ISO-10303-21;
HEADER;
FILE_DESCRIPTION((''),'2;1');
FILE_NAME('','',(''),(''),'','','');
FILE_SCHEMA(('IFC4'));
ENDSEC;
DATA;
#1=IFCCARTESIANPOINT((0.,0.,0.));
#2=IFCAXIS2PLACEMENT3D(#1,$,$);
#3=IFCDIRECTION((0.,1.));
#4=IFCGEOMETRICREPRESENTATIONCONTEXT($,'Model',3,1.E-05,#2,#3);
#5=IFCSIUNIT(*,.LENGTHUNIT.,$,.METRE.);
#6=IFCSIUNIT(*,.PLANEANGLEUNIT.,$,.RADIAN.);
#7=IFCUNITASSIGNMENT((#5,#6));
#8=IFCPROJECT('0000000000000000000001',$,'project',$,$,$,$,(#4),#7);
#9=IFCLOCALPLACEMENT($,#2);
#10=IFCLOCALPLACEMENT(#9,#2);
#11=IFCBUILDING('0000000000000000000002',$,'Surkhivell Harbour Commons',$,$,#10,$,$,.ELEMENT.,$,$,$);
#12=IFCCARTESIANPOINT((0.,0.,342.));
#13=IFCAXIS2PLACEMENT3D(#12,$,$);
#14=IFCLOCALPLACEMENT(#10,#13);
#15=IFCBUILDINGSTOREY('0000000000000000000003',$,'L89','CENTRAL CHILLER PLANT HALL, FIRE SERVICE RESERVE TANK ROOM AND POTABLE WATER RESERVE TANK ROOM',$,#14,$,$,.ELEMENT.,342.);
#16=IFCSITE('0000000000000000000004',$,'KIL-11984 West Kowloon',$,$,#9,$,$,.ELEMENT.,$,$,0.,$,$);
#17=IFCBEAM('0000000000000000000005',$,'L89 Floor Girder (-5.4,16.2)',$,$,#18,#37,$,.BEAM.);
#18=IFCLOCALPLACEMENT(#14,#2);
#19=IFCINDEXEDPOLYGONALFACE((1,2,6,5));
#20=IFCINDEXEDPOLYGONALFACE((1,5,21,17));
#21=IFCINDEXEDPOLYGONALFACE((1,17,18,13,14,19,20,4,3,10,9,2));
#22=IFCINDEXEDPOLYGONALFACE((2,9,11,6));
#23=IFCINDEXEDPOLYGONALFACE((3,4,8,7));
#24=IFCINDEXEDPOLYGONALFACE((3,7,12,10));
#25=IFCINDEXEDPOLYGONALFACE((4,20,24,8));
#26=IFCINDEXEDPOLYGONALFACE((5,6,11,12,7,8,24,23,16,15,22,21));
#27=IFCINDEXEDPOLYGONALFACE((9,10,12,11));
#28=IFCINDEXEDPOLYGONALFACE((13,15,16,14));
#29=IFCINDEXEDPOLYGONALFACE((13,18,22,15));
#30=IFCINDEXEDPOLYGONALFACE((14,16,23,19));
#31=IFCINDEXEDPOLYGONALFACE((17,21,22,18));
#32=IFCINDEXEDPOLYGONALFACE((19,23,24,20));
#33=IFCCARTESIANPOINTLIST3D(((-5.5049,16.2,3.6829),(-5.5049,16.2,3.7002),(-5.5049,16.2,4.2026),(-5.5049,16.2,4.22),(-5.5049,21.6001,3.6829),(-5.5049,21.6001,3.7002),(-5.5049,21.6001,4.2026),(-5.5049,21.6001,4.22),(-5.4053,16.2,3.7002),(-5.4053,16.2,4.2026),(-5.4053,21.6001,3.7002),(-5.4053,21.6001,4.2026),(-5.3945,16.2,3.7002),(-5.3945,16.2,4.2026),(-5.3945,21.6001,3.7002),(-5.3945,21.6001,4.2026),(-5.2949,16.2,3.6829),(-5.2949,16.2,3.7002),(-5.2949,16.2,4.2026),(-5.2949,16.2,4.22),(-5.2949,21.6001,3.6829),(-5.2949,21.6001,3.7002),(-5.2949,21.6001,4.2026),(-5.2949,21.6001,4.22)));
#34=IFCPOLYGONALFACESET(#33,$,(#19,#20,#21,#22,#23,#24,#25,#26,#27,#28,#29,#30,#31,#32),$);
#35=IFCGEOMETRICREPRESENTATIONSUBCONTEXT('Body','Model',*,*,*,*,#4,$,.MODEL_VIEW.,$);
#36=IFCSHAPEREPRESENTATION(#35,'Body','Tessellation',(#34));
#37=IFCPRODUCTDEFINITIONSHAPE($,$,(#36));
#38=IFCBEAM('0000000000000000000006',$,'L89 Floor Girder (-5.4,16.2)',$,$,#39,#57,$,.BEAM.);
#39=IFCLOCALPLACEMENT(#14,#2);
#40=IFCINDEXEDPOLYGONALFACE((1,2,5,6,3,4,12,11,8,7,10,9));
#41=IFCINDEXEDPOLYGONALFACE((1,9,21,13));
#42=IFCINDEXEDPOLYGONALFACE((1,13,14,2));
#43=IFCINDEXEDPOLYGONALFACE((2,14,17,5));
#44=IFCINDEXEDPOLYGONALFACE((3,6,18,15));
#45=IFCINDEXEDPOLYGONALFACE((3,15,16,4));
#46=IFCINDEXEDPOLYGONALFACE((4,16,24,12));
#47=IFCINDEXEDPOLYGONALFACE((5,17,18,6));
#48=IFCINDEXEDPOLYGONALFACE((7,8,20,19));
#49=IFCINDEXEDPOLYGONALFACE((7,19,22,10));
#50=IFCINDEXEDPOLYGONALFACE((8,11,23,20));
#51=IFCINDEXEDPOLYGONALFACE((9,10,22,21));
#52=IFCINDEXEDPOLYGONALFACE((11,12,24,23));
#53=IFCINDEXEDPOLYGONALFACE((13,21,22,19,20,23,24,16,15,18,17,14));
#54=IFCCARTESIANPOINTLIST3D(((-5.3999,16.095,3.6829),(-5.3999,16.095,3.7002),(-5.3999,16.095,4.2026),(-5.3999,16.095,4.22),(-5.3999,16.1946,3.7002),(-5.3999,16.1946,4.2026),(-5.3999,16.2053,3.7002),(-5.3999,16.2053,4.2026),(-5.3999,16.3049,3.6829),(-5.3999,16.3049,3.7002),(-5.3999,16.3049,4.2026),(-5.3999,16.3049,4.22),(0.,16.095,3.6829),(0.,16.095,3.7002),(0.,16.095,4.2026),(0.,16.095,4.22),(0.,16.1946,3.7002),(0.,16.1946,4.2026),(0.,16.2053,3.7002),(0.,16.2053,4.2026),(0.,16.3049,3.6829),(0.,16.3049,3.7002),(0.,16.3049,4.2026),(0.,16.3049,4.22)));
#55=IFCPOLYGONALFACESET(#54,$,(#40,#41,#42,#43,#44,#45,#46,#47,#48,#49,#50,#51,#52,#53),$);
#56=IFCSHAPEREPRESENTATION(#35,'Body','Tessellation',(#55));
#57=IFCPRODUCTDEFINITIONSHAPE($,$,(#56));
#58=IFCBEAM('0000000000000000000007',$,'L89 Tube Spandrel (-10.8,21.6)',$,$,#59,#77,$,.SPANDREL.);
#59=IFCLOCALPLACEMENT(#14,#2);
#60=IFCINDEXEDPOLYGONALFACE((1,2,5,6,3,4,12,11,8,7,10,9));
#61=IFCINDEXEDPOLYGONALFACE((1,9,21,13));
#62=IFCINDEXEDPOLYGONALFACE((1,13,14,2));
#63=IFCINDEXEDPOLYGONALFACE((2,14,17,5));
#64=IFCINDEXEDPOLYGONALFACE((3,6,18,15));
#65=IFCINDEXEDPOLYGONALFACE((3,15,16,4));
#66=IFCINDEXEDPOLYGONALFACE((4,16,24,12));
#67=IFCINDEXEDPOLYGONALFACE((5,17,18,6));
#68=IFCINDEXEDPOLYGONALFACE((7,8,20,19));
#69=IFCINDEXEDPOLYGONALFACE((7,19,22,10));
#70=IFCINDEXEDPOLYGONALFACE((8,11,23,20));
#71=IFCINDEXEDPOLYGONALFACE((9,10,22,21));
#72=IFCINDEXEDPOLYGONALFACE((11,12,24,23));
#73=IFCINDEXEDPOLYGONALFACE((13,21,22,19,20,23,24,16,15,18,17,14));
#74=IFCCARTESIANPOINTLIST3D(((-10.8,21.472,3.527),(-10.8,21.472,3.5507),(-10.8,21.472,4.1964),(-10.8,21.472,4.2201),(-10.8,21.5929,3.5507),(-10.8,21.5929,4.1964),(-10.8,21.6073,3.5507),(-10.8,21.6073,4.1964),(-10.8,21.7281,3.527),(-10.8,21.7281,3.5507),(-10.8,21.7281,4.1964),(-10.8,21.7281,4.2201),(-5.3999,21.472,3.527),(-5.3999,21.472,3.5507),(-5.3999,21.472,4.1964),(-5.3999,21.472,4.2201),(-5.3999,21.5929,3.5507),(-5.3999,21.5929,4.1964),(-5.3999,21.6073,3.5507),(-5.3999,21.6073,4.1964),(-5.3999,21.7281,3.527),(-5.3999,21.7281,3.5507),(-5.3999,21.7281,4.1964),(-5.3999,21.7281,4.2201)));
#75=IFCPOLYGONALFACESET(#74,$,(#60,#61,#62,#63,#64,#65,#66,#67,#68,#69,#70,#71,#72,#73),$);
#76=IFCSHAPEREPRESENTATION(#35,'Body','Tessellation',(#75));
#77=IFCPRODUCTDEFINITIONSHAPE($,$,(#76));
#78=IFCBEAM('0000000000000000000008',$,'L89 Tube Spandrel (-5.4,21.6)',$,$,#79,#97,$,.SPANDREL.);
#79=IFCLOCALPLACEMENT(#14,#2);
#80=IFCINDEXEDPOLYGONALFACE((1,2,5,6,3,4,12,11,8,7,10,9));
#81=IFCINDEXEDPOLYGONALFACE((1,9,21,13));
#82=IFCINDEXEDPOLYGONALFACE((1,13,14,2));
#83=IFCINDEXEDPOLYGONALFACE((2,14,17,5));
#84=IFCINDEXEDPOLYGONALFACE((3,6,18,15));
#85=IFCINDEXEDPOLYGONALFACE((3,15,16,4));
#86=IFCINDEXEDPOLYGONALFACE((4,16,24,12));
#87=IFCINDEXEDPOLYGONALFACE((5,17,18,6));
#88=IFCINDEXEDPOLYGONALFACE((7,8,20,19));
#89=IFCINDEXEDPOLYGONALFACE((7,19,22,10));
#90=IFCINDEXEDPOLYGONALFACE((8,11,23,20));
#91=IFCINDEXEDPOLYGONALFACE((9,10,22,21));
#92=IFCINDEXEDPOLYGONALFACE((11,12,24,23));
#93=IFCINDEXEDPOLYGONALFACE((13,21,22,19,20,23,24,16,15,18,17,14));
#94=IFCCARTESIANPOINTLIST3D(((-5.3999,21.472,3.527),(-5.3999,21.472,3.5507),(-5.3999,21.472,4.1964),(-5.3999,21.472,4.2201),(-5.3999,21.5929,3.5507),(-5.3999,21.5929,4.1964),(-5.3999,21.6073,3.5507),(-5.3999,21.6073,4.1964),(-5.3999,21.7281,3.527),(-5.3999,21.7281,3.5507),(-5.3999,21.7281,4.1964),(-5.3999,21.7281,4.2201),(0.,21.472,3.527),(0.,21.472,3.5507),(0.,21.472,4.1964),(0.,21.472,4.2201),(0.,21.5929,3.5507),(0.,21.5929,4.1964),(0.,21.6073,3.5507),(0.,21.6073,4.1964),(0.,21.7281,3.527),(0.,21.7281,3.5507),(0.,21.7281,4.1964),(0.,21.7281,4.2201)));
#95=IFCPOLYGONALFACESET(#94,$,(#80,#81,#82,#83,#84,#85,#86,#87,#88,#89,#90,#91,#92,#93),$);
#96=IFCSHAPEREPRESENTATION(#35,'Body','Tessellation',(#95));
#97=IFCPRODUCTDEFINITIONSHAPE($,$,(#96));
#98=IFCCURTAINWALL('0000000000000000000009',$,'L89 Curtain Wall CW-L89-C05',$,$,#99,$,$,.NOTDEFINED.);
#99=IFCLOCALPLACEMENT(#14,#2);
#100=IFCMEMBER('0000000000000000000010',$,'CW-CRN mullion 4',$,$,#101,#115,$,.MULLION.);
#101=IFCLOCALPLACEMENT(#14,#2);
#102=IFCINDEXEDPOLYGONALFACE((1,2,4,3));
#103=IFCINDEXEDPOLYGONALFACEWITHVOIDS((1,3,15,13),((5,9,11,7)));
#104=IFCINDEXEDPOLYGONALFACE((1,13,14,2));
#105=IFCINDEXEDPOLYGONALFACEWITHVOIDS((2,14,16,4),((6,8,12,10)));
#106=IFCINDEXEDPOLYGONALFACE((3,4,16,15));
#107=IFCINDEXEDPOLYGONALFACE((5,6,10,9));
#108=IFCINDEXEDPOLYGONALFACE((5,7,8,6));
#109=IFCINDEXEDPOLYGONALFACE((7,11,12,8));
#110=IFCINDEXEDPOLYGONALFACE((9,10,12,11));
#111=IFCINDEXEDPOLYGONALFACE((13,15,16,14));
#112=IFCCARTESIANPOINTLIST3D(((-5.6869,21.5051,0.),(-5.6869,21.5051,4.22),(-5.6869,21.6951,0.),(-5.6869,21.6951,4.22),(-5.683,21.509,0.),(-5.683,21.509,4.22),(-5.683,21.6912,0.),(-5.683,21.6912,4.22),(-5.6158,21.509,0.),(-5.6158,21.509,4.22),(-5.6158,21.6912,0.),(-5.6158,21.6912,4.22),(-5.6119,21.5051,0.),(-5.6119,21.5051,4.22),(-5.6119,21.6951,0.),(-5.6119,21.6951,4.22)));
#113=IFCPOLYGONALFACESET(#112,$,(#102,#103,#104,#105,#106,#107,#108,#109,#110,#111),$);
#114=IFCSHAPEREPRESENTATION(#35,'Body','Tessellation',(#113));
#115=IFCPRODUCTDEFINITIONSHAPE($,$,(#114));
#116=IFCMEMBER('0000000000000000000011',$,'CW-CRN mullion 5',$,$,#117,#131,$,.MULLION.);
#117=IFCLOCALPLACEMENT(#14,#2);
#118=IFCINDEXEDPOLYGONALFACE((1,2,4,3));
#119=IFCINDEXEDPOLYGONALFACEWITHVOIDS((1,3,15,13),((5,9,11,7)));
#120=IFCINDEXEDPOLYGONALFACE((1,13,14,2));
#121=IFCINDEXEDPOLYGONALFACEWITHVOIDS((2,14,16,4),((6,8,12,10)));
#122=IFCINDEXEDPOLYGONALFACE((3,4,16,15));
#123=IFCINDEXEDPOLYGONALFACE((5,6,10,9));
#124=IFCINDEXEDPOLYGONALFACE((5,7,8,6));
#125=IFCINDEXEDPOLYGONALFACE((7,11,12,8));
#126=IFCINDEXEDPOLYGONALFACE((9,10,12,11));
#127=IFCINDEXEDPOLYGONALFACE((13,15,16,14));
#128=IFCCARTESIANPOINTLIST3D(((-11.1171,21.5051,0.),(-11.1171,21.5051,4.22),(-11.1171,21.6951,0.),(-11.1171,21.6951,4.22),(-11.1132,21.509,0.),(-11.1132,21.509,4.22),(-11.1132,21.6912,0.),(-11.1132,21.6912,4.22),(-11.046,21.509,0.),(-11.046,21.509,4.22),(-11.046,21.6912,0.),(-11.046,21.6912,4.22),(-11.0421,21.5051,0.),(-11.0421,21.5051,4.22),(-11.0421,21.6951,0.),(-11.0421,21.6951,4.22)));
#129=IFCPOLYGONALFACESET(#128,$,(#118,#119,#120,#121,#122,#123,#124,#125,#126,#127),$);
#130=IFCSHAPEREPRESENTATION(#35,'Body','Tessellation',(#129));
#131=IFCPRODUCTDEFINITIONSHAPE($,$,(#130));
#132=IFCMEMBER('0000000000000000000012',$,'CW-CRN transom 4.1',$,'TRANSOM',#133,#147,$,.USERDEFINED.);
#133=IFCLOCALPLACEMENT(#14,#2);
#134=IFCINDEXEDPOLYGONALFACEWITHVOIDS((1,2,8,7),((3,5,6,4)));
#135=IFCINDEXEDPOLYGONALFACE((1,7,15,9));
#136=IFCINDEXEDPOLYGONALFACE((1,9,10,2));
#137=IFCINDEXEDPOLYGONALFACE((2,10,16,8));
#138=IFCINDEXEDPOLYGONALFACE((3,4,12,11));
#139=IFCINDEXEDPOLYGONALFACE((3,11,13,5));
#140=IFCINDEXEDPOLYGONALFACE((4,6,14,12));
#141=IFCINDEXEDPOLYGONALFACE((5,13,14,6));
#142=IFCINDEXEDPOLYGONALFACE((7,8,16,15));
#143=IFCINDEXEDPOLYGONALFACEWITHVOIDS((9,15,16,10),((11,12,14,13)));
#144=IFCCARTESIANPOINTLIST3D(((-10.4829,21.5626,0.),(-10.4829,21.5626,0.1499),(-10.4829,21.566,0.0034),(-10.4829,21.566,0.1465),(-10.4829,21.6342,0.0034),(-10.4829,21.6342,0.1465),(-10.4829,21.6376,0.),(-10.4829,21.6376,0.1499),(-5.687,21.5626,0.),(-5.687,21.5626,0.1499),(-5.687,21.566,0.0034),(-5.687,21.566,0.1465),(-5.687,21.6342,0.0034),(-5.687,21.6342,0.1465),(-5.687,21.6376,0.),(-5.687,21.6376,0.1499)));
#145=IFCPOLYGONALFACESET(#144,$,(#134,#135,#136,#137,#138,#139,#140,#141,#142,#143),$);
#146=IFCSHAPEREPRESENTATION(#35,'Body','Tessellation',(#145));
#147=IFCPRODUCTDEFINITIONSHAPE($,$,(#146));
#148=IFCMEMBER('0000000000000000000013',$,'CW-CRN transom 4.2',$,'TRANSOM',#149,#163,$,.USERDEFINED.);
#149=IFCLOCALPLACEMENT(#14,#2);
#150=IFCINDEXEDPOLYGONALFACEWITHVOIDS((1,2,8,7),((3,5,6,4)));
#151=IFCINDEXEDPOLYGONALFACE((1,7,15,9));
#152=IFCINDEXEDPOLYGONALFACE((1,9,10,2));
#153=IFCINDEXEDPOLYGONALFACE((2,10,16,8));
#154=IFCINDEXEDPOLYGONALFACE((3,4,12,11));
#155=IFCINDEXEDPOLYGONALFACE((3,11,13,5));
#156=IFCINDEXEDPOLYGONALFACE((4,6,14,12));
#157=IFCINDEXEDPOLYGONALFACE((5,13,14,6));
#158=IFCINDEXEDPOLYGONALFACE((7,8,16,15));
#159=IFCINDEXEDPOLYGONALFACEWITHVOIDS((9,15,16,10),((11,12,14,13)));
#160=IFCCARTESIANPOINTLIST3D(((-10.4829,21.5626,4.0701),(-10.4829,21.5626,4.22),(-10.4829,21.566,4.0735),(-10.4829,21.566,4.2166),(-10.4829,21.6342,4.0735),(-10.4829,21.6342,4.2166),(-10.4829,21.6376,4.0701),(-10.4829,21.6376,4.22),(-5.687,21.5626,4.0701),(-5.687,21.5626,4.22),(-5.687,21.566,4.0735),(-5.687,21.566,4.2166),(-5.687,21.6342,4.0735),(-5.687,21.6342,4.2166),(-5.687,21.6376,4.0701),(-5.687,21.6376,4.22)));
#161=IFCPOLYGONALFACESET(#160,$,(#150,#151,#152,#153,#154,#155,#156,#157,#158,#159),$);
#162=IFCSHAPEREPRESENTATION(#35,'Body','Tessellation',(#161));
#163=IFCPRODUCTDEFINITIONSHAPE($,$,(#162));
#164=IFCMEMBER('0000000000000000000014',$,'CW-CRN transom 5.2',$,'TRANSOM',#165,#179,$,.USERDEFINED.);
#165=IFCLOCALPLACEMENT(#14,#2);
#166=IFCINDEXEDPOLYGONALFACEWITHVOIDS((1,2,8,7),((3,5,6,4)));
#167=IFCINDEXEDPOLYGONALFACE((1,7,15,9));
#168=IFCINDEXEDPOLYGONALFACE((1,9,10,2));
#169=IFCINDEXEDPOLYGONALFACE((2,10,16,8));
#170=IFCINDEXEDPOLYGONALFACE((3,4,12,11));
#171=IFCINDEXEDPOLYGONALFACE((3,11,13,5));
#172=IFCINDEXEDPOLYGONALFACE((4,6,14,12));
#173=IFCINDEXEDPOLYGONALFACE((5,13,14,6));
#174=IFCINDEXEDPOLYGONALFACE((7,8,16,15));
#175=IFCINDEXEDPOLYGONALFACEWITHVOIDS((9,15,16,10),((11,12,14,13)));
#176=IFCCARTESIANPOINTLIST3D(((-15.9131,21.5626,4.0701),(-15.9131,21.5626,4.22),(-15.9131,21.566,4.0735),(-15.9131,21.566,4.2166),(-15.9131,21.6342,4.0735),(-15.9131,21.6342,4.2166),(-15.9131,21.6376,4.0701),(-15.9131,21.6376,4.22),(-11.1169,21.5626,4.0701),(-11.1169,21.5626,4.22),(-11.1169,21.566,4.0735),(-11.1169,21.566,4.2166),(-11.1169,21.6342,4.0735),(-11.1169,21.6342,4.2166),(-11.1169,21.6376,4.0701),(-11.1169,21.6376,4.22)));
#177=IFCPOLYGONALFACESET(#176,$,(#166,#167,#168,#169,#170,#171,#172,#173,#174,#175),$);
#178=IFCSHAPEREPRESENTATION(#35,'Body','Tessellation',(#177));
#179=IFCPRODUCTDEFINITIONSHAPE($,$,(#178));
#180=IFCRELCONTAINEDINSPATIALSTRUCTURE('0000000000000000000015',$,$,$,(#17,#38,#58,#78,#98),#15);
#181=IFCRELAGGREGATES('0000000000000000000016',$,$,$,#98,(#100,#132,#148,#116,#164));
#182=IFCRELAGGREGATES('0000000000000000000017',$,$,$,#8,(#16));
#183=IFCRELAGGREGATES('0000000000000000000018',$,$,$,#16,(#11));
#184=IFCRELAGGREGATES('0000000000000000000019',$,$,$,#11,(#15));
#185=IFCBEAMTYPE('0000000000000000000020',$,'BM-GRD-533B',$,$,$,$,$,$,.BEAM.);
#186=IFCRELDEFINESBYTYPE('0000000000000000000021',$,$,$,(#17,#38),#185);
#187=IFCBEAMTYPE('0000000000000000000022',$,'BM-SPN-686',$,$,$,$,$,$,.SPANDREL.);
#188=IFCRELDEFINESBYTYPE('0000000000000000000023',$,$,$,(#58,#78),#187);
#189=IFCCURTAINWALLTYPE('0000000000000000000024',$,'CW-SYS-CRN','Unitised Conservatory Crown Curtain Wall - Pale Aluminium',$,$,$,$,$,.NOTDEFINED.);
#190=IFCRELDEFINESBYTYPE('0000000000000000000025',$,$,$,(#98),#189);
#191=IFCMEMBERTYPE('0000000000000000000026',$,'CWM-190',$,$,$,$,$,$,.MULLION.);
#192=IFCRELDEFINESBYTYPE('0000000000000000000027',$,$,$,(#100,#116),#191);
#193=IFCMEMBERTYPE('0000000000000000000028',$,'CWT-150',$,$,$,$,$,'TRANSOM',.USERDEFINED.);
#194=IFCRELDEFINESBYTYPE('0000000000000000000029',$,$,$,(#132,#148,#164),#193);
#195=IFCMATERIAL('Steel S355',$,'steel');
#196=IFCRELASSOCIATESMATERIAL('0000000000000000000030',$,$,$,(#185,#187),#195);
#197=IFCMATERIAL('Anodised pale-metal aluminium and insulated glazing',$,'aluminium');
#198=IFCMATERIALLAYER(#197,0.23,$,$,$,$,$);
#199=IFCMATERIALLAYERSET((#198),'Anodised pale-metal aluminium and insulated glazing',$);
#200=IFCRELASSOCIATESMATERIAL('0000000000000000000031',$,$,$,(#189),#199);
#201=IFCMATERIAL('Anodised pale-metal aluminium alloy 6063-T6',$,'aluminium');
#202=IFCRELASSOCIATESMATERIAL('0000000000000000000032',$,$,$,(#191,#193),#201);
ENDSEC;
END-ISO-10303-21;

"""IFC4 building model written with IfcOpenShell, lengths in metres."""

from ifc_helpers import new_model, si_unit, direction, frame, origin, origin_2d, place, context, subcontext, project, spatial, hollow_rectangle, i_section, extrude, material, layer, layer_set, material_profile, profile_set, type_object, element, aggregate, save


model = new_model("IFC4")

# Units and contexts
model_context = context("Model", 3, precision=1e-05, world=origin(), true_north=direction((0.0, 1.0)))
body_context = subcontext(model_context, "Body", "Model", "MODEL_VIEW")
ifc_project = project(units=[si_unit("LENGTHUNIT", "METRE"), si_unit("PLANEANGLEUNIT", "RADIAN")], contexts=[model_context])

# Site, building, storey
site_placement = place(None, origin())
site = spatial("IfcSite", under=ifc_project, at=site_placement, Name="KIL-11984 West Kowloon", CompositionType="ELEMENT", RefElevation=0.0)
building_placement = place(site_placement, origin())
building = spatial("IfcBuilding", under=site, at=building_placement, Name="Surkhivell Harbour Commons", CompositionType="ELEMENT")
storey_placement = place(building_placement, frame((0.0, 0.0, 342.0)))
storey = spatial("IfcBuildingStorey", under=building, at=storey_placement, Name="L89", Description="CENTRAL CHILLER PLANT HALL, FIRE SERVICE RESERVE TANK ROOM AND POTABLE WATER RESERVE TANK ROOM", CompositionType="ELEMENT", Elevation=342.0)

# Beams
ifc_material_1 = material(Name="Steel S355", Category="steel")
ifc_material_profile_1 = material_profile(ifc_material_1, i_section(OverallWidth=0.21, OverallDepth=0.5371, WebThickness=0.0107, FlangeThickness=0.0173, at=origin_2d()), Name="UB533x210x101")
ifc_profile_set_1 = profile_set([ifc_material_profile_1], Name="Steel S355")
beam_type_1 = type_object("IfcBeamType", Name="BM-GRD-533B", PredefinedType="BEAM", material=ifc_profile_set_1)
beam_1_placement = place(storey_placement, frame((-5.3999, 16.2, 3.9514), z_axis=(0.0, 1.0, 0.0), x_axis=(-1.0, 0.0, 0.0)))
element("IfcBeam", 1, at=beam_1_placement, inside=storey, type_object=beam_type_1, Name="L89 Floor Girder (-5.4,16.2)", PredefinedType="BEAM", context=body_context, shape_type="SweptSolid", body=[
    extrude(i_section(OverallWidth=0.21, OverallDepth=0.5371, WebThickness=0.0107, FlangeThickness=0.0173, at=origin_2d()), origin(), (0.0, 0.0, 1.0), 5.4001),
])
beam_2_placement = place(storey_placement, frame((-5.3999, 16.2, 3.9514), z_axis=(1.0, 0.0, 0.0), x_axis=(0.0, 1.0, 0.0)))
element("IfcBeam", 2, at=beam_2_placement, inside=storey, type_object=beam_type_1, Name="L89 Floor Girder (-5.4,16.2)", PredefinedType="BEAM", context=body_context, shape_type="SweptSolid", body=[
    extrude(i_section(OverallWidth=0.21, OverallDepth=0.5371, WebThickness=0.0107, FlangeThickness=0.0173, at=origin_2d()), origin(), (0.0, 0.0, 1.0), 5.3999),
])
ifc_material_profile_2 = material_profile(ifc_material_1, i_section(OverallWidth=0.2561, OverallDepth=0.6931, WebThickness=0.0144, FlangeThickness=0.0237, at=origin_2d()), Name="UB686x254x170")
ifc_profile_set_2 = profile_set([ifc_material_profile_2], Name="Steel S355")
beam_type_2 = type_object("IfcBeamType", Name="BM-SPN-686", PredefinedType="SPANDREL", material=ifc_profile_set_2)
beam_3_placement = place(storey_placement, frame((-10.8, 21.6001, 3.8735), z_axis=(1.0, 0.0, 0.0), x_axis=(0.0, 1.0, 0.0)))
element("IfcBeam", 3, at=beam_3_placement, inside=storey, type_object=beam_type_2, Name="L89 Tube Spandrel (-10.8,21.6)", PredefinedType="SPANDREL", context=body_context, shape_type="SweptSolid", body=[
    extrude(i_section(OverallWidth=0.2561, OverallDepth=0.6931, WebThickness=0.0144, FlangeThickness=0.0237, at=origin_2d()), origin(), (0.0, 0.0, 1.0), 5.4001),
])
beam_4_placement = place(storey_placement, frame((-5.3999, 21.6001, 3.8735), z_axis=(1.0, 0.0, 0.0), x_axis=(0.0, 1.0, 0.0)))
element("IfcBeam", 4, at=beam_4_placement, inside=storey, type_object=beam_type_2, Name="L89 Tube Spandrel (-5.4,21.6)", PredefinedType="SPANDREL", context=body_context, shape_type="SweptSolid", body=[
    extrude(i_section(OverallWidth=0.2561, OverallDepth=0.6931, WebThickness=0.0144, FlangeThickness=0.0237, at=origin_2d()), origin(), (0.0, 0.0, 1.0), 5.3999),
])

# Curtain wall, members
ifc_material_2 = material(Name="Anodised pale-metal aluminium and insulated glazing", Category="aluminium")
ifc_layer_1 = layer(ifc_material_2, 0.23)
ifc_layer_set_1 = layer_set([ifc_layer_1], Name="Anodised pale-metal aluminium and insulated glazing")
curtain_wall_type = type_object("IfcCurtainWallType", Name="CW-SYS-CRN", Description="Unitised Conservatory Crown Curtain Wall - Pale Aluminium", PredefinedType="NOTDEFINED", material=ifc_layer_set_1)
curtain_wall_placement = place(storey_placement, origin())
curtain_wall = element("IfcCurtainWall", 5, at=curtain_wall_placement, inside=storey, type_object=curtain_wall_type, Name="L89 Curtain Wall CW-L89-C05", PredefinedType="NOTDEFINED")
ifc_material_3 = material(Name="Anodised pale-metal aluminium alloy 6063-T6", Category="aluminium")
ifc_material_profile_3 = material_profile(ifc_material_3, hollow_rectangle(XDim=0.075, YDim=0.1899, WallThickness=0.0039, at=origin_2d()), Name="ALU-MULL-75x190")
ifc_profile_set_3 = profile_set([ifc_material_profile_3], Name="Anodised pale-metal aluminium alloy 6063-T6")
member_type_1 = type_object("IfcMemberType", Name="CWM-190", PredefinedType="MULLION", material=ifc_profile_set_3)
member_1_placement = place(storey_placement, frame((-5.6494, 21.6001, 0.0), z_axis=(0.0, 0.0, 1.0), x_axis=(-1.0, 0.0, 0.0)))
member_1 = element("IfcMember", 6, at=member_1_placement, type_object=member_type_1, Name="CW-CRN mullion 4", PredefinedType="MULLION", context=body_context, shape_type="SweptSolid", body=[
    extrude(hollow_rectangle(XDim=0.075, YDim=0.1899, WallThickness=0.0039, at=origin_2d()), origin(), (0.0, 0.0, 1.0), 4.22),
])
member_2_placement = place(storey_placement, frame((-11.0796, 21.6001, 0.0), z_axis=(0.0, 0.0, 1.0), x_axis=(-1.0, 0.0, 0.0)))
member_2 = element("IfcMember", 7, at=member_2_placement, type_object=member_type_1, Name="CW-CRN mullion 5", PredefinedType="MULLION", context=body_context, shape_type="SweptSolid", body=[
    extrude(hollow_rectangle(XDim=0.075, YDim=0.1899, WallThickness=0.0039, at=origin_2d()), origin(), (0.0, 0.0, 1.0), 4.22),
])
ifc_material_profile_4 = material_profile(ifc_material_3, hollow_rectangle(XDim=0.075, YDim=0.1499, WallThickness=0.0034, at=origin_2d()), Name="ALU-TRAN-75x150")
ifc_profile_set_4 = profile_set([ifc_material_profile_4], Name="Anodised pale-metal aluminium alloy 6063-T6")
member_type_2 = type_object("IfcMemberType", Name="CWT-150", ElementType="TRANSOM", PredefinedType="USERDEFINED", material=ifc_profile_set_4)
member_3_placement = place(storey_placement, frame((-5.687, 21.6001, 0.075), z_axis=(-1.0, 0.0, 0.0), x_axis=(0.0, -1.0, 0.0)))
member_3 = element("IfcMember", 8, at=member_3_placement, type_object=member_type_2, Name="CW-CRN transom 4.1", ObjectType="TRANSOM", PredefinedType="USERDEFINED", context=body_context, shape_type="SweptSolid", body=[
    extrude(hollow_rectangle(XDim=0.075, YDim=0.1499, WallThickness=0.0034, at=origin_2d()), origin(), (0.0, 0.0, 1.0), 4.7959),
])
member_4_placement = place(storey_placement, frame((-5.687, 21.6001, 4.145), z_axis=(-1.0, 0.0, 0.0), x_axis=(0.0, -1.0, 0.0)))
member_4 = element("IfcMember", 9, at=member_4_placement, type_object=member_type_2, Name="CW-CRN transom 4.2", ObjectType="TRANSOM", PredefinedType="USERDEFINED", context=body_context, shape_type="SweptSolid", body=[
    extrude(hollow_rectangle(XDim=0.075, YDim=0.1499, WallThickness=0.0034, at=origin_2d()), origin(), (0.0, 0.0, 1.0), 4.7959),
])
member_5_placement = place(storey_placement, frame((-11.1169, 21.6001, 4.145), z_axis=(-1.0, 0.0, 0.0), x_axis=(0.0, -1.0, 0.0)))
member_5 = element("IfcMember", 10, at=member_5_placement, type_object=member_type_2, Name="CW-CRN transom 5.2", ObjectType="TRANSOM", PredefinedType="USERDEFINED", context=body_context, shape_type="SweptSolid", body=[
    extrude(hollow_rectangle(XDim=0.075, YDim=0.1499, WallThickness=0.0034, at=origin_2d()), origin(), (0.0, 0.0, 1.0), 4.7961),
])
aggregate(curtain_wall, [member_1, member_3, member_4, member_2, member_5])

save(model, "model.ifc")
